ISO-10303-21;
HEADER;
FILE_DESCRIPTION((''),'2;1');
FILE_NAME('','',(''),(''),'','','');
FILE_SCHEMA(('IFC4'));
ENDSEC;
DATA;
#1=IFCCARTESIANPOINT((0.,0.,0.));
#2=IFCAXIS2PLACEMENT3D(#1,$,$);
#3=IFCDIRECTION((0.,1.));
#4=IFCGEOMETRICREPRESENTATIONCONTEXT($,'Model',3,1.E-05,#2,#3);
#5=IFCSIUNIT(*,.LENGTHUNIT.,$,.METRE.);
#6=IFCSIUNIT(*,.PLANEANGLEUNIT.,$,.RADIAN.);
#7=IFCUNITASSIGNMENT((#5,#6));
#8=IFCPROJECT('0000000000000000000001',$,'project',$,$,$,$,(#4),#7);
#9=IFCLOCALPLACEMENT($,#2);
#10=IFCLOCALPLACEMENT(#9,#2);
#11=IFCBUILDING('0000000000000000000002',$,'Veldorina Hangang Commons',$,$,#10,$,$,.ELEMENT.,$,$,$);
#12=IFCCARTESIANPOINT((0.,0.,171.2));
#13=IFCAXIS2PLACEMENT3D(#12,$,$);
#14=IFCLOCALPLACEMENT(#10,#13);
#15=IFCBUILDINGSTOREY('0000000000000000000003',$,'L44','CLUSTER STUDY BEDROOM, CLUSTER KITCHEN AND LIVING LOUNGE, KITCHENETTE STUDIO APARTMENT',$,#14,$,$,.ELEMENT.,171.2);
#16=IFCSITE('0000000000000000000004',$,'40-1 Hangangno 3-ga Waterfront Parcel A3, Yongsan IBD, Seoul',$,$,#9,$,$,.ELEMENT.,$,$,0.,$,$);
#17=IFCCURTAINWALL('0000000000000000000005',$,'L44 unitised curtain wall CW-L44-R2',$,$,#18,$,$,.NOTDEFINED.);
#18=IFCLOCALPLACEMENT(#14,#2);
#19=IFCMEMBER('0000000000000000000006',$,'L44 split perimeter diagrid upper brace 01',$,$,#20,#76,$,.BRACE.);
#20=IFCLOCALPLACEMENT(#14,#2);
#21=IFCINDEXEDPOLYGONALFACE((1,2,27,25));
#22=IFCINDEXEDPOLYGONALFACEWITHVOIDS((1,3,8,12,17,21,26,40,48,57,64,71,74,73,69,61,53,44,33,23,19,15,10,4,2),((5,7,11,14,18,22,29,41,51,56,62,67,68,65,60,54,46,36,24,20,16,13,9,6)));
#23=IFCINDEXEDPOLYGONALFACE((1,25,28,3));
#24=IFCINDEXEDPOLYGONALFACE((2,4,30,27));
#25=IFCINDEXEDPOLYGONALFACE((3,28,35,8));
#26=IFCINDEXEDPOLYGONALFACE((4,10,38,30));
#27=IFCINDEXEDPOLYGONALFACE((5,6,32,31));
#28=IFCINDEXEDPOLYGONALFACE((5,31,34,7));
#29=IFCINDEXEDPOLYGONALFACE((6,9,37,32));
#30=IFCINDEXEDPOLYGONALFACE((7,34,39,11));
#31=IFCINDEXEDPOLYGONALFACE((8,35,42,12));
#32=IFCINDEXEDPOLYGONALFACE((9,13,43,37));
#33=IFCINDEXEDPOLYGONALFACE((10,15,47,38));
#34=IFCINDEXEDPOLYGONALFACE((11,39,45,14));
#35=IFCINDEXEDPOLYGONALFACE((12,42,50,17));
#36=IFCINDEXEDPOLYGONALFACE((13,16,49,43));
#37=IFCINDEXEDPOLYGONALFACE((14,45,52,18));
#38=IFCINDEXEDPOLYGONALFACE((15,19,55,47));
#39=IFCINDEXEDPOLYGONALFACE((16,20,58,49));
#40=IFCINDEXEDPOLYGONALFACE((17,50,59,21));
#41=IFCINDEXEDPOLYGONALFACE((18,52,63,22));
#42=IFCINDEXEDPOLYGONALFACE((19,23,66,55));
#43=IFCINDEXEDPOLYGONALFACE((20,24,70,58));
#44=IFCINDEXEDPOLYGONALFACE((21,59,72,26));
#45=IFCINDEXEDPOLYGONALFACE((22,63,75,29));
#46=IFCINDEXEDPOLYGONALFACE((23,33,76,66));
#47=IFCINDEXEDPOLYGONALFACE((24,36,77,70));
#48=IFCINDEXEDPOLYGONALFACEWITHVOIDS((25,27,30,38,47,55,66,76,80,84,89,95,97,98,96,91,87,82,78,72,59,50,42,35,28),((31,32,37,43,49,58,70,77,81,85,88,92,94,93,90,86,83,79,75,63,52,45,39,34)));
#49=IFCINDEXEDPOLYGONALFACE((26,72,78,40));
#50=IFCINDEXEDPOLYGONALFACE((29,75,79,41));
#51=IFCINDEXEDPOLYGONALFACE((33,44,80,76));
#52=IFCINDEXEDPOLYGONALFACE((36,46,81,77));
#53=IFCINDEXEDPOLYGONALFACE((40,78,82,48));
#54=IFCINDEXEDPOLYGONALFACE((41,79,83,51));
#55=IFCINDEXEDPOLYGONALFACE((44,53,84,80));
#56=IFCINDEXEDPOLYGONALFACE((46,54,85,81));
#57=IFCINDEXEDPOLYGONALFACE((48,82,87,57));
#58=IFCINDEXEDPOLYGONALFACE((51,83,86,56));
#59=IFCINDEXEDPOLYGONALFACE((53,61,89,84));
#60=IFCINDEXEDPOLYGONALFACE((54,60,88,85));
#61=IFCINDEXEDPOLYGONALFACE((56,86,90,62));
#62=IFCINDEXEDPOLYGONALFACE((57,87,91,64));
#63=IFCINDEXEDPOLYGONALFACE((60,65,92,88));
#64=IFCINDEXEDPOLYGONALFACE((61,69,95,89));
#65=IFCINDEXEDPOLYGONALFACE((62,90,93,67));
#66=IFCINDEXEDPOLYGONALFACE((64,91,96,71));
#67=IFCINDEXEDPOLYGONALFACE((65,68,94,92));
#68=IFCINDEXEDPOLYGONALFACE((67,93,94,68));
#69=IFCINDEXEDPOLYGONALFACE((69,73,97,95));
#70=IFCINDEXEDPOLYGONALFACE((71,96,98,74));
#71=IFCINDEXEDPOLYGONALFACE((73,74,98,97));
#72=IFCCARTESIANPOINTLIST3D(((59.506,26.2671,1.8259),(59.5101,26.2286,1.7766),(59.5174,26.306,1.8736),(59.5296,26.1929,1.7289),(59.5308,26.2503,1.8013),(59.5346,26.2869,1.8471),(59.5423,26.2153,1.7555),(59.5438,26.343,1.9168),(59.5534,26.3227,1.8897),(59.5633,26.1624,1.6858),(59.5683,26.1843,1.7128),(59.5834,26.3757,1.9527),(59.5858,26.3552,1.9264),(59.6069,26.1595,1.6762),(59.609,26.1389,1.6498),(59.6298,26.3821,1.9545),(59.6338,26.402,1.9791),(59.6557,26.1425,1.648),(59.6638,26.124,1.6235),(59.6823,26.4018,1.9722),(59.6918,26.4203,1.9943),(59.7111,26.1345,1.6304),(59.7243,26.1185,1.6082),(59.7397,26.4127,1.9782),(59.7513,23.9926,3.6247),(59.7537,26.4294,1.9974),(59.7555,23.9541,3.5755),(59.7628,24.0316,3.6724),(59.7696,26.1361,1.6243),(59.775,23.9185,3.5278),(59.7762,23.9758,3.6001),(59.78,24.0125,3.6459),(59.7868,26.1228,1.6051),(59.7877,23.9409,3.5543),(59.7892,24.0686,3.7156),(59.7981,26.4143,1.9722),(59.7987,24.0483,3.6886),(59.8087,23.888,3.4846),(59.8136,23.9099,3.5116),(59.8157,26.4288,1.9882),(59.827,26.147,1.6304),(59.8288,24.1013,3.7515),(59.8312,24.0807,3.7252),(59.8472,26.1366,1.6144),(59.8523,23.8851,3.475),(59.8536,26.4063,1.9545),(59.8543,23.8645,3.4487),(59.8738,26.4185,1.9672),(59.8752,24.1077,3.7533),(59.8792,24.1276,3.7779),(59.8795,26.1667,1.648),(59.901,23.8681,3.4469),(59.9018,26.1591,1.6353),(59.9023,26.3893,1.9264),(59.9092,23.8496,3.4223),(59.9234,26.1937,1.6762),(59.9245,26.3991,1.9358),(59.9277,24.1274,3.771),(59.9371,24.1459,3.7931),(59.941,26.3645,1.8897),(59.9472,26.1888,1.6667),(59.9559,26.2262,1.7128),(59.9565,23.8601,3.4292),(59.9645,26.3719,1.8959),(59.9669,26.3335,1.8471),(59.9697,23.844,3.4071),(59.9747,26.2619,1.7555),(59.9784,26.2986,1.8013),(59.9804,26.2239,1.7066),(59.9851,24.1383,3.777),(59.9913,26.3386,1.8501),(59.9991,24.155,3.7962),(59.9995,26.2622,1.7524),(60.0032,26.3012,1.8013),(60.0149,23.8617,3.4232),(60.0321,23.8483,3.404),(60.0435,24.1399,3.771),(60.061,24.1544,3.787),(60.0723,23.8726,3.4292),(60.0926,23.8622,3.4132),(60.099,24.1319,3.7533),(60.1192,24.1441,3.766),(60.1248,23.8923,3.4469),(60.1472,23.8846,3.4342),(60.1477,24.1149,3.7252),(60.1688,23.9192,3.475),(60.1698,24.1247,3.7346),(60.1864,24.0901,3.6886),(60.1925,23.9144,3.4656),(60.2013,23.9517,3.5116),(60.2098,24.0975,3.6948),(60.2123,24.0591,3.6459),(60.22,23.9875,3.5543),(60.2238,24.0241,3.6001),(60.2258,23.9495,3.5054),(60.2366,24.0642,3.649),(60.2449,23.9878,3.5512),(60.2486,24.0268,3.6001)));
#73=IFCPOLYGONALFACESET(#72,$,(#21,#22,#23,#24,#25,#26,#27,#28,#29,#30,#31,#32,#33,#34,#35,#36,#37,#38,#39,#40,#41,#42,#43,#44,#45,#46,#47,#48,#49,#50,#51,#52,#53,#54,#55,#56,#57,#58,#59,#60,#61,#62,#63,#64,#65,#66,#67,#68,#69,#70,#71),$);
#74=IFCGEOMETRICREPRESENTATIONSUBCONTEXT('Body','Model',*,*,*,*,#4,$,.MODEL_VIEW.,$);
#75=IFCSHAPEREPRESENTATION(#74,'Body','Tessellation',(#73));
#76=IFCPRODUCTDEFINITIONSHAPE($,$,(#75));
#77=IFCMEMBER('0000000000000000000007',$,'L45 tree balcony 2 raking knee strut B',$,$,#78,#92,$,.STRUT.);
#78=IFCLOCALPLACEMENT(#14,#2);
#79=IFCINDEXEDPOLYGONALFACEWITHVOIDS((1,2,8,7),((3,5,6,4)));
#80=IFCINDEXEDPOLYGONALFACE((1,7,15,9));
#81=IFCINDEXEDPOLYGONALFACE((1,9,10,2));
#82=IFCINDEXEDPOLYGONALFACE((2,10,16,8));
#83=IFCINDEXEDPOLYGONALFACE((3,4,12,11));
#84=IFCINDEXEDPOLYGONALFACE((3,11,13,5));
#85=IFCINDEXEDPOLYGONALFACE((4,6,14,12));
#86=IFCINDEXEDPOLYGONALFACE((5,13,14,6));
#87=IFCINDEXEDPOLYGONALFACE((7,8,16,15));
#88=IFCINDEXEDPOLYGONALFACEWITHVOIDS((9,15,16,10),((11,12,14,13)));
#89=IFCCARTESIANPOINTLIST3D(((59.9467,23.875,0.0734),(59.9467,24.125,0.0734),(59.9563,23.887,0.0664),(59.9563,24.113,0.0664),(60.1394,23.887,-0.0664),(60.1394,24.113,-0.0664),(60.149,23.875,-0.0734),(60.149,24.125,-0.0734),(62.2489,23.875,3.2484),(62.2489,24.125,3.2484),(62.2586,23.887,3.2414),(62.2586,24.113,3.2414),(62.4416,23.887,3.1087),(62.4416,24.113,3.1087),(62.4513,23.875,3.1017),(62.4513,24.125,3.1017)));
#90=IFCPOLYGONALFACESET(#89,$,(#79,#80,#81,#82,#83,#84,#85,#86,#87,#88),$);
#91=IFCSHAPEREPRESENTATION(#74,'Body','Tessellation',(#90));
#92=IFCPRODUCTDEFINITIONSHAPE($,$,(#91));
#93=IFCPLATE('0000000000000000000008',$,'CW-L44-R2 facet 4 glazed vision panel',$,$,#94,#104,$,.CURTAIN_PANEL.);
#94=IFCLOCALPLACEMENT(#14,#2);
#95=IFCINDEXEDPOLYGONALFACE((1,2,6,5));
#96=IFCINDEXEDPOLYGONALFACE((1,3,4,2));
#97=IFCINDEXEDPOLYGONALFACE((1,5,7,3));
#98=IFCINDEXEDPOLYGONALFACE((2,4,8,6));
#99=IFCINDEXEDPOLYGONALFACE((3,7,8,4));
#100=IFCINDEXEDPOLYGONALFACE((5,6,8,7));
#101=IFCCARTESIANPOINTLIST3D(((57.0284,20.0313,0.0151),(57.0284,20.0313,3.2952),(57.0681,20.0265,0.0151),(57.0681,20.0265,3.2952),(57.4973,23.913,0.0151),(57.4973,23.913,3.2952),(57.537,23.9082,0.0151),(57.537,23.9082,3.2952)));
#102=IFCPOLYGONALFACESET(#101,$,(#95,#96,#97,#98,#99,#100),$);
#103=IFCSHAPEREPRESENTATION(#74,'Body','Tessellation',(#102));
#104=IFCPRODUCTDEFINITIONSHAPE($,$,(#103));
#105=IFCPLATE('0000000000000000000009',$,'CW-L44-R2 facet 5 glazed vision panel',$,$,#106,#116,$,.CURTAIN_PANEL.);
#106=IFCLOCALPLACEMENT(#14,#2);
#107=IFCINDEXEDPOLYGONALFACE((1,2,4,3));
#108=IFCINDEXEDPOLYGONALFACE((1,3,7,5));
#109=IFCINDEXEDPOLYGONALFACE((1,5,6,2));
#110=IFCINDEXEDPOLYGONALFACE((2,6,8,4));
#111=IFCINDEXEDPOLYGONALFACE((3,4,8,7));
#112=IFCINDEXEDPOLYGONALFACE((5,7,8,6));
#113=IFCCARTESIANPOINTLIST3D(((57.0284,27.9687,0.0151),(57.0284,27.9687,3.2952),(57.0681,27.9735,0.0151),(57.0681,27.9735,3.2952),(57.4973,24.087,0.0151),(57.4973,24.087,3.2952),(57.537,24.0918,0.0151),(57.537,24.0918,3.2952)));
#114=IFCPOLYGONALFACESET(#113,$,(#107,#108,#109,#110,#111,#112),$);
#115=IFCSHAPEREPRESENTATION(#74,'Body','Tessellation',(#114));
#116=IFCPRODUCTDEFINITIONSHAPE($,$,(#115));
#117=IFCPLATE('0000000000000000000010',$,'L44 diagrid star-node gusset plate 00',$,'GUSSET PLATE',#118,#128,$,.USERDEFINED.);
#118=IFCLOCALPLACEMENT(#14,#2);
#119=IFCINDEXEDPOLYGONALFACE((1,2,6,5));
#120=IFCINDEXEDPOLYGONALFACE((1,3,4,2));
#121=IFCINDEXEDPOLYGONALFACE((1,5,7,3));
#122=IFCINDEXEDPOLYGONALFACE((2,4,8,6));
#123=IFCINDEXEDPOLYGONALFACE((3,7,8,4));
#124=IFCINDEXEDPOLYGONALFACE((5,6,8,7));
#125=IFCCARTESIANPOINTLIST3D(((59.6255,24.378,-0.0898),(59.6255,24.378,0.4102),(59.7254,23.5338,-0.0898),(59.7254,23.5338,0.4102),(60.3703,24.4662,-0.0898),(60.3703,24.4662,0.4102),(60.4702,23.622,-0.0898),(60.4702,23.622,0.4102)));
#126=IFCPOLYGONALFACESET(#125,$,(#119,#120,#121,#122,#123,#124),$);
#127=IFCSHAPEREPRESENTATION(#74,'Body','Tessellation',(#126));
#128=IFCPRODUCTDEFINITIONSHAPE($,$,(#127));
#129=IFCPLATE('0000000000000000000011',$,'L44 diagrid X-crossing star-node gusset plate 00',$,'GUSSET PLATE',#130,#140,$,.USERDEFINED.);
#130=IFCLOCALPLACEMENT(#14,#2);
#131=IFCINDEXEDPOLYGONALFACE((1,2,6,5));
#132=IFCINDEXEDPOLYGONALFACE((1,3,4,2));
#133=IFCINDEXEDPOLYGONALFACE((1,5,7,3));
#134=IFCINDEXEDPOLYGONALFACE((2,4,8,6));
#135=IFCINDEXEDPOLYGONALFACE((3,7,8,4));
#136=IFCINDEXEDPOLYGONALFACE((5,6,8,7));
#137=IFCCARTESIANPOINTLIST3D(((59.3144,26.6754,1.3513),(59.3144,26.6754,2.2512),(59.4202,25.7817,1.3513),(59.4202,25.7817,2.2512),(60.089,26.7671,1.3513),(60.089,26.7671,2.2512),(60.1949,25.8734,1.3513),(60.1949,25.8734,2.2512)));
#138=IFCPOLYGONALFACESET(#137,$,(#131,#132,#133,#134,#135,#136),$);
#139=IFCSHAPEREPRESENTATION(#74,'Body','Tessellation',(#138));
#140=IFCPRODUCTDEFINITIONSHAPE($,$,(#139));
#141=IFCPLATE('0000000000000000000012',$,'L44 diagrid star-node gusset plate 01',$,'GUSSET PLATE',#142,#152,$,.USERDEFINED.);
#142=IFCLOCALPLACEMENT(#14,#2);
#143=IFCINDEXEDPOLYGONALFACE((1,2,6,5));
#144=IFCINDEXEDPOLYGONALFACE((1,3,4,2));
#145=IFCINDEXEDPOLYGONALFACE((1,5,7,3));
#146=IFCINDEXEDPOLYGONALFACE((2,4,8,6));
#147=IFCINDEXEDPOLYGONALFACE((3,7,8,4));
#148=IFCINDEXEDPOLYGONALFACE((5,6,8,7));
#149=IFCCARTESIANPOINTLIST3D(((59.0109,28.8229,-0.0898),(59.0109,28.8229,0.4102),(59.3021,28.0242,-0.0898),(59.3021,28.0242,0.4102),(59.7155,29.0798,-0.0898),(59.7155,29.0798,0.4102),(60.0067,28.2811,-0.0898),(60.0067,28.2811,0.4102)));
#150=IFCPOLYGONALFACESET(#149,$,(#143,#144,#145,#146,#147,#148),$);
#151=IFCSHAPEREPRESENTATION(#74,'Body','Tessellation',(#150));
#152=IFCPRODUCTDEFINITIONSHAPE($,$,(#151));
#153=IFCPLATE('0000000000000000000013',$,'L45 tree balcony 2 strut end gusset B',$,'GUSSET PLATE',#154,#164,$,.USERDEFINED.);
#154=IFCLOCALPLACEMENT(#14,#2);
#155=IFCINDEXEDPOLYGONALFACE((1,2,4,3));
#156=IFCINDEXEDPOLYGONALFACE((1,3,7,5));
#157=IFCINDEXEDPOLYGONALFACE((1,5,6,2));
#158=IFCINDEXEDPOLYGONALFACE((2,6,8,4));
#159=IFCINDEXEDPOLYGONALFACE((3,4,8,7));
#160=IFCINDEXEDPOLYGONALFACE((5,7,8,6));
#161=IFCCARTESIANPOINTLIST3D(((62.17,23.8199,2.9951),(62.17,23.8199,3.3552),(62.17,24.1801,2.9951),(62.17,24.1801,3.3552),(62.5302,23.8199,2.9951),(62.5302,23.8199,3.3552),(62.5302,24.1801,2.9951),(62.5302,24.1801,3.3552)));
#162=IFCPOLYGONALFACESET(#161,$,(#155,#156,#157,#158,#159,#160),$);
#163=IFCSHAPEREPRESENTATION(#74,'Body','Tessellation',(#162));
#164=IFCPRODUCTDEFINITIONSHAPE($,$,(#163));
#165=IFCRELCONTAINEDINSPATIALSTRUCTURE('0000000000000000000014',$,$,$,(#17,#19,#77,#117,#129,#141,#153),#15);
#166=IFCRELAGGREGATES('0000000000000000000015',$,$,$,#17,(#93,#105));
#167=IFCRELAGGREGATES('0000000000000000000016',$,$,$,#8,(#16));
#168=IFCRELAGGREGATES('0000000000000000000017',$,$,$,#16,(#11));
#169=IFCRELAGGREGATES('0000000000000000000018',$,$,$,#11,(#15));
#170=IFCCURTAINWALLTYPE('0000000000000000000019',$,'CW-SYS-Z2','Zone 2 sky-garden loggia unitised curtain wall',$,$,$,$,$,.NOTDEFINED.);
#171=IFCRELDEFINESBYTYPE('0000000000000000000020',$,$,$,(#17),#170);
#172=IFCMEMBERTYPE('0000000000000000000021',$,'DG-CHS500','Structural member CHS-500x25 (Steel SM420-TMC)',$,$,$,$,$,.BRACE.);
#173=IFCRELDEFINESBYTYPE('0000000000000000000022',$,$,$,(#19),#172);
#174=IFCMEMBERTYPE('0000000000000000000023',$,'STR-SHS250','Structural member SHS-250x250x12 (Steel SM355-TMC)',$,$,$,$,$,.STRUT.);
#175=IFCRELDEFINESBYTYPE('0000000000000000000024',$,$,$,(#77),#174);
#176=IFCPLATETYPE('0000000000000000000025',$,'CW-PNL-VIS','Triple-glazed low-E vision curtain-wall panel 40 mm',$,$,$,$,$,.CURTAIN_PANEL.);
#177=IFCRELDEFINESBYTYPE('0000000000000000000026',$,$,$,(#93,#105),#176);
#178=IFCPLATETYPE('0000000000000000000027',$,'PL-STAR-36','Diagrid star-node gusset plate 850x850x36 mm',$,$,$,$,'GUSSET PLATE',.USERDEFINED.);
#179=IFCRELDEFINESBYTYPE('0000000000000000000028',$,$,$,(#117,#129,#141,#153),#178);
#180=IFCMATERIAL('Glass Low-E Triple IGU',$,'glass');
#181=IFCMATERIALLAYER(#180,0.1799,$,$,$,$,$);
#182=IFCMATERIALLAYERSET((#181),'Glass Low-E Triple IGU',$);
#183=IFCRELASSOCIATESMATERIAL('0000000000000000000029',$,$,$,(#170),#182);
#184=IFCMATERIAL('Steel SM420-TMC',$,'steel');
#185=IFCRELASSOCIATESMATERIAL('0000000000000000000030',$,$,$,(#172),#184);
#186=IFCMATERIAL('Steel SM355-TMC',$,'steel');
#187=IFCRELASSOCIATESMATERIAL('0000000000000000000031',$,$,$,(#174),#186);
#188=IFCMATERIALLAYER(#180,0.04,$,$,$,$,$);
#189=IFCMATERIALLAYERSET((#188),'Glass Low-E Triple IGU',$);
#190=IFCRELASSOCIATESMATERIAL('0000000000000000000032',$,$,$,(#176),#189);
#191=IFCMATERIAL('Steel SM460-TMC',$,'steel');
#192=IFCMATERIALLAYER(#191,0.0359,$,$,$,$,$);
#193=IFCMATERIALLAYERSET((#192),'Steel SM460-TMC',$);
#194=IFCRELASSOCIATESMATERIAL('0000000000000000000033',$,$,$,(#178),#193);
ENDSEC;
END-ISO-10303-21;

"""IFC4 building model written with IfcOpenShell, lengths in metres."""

from ifc_helpers import new_model, si_unit, direction, frame, origin, origin_2d, place, context, subcontext, project, spatial, rectangle, hollow_rectangle, hollow_circle, extrude, material, layer, layer_set, material_profile, profile_set, type_object, element, aggregate, save


model = new_model("IFC4")

# Units and contexts
model_context = context("Model", 3, precision=1e-05, world=origin(), true_north=direction((0.0, 1.0)))
body_context = subcontext(model_context, "Body", "Model", "MODEL_VIEW")
ifc_project = project(units=[si_unit("LENGTHUNIT", "METRE"), si_unit("PLANEANGLEUNIT", "RADIAN")], contexts=[model_context])

# Site, building, storey
site_placement = place(None, origin())
site = spatial("IfcSite", under=ifc_project, at=site_placement, Name="40-1 Hangangno 3-ga Waterfront Parcel A3, Yongsan IBD, Seoul", CompositionType="ELEMENT", RefElevation=0.0)
building_placement = place(site_placement, origin())
building = spatial("IfcBuilding", under=site, at=building_placement, Name="Veldorina Hangang Commons", CompositionType="ELEMENT")
storey_placement = place(building_placement, frame((0.0, 0.0, 171.2)))
storey = spatial("IfcBuildingStorey", under=building, at=storey_placement, Name="L44", Description="CLUSTER STUDY BEDROOM, CLUSTER KITCHEN AND LIVING LOUNGE, KITCHENETTE STUDIO APARTMENT", CompositionType="ELEMENT", Elevation=171.2)

# Shared definitions
ifc_material_1 = material(Name="Steel SM355-TMC", Category="steel")
ifc_material_2 = material(Name="Steel SM420-TMC", Category="steel")

# Curtain wall
ifc_material_3 = material(Name="Glass Low-E Triple IGU", Category="glass")
ifc_layer_1 = layer(ifc_material_3, 0.1799)
ifc_layer_set_1 = layer_set([ifc_layer_1], Name="Glass Low-E Triple IGU")
curtain_wall_type = type_object("IfcCurtainWallType", Name="CW-SYS-Z2", Description="Zone 2 sky-garden loggia unitised curtain wall", PredefinedType="NOTDEFINED", material=ifc_layer_set_1)
curtain_wall_placement = place(storey_placement, origin())
curtain_wall = element("IfcCurtainWall", 1, at=curtain_wall_placement, inside=storey, type_object=curtain_wall_type, Name="L44 unitised curtain wall CW-L44-R2", PredefinedType="NOTDEFINED")

# Members
ifc_material_profile_1 = material_profile(ifc_material_2, hollow_circle(Radius=0.25, WallThickness=0.0249, at=origin_2d()), Name="CHS-500x25")
ifc_profile_set_1 = profile_set([ifc_material_profile_1], Name="Steel SM420-TMC")
member_type_1 = type_object("IfcMemberType", Name="DG-CHS500", Description="Structural member CHS-500x25 (Steel SM420-TMC)", PredefinedType="BRACE", material=ifc_profile_set_1)
member_1_placement = place(storey_placement, frame((59.7546, 26.2744, 1.8013), z_axis=(0.084312, -0.781547, 0.618123), x_axis=(0.994231, 0.107257, 0.0)))
element("IfcMember", 2, at=member_1_placement, inside=storey, type_object=member_type_1, Name="L44 split perimeter diagrid upper brace 01", PredefinedType="BRACE", context=body_context, shape_type="SweptSolid", body=[
    extrude(hollow_circle(Radius=0.25, WallThickness=0.0249, at=origin_2d()), origin(), (0.0, 0.0, 1.0), 2.9102),
])
ifc_material_profile_2 = material_profile(ifc_material_1, hollow_rectangle(XDim=0.25, YDim=0.25, WallThickness=0.012, at=origin_2d()), Name="SHS-250x250x12")
ifc_profile_set_2 = profile_set([ifc_material_profile_2], Name="Steel SM355-TMC")
member_type_2 = type_object("IfcMemberType", Name="STR-SHS250", Description="Structural member SHS-250x250x12 (Steel SM355-TMC)", PredefinedType="STRUT", material=ifc_profile_set_2)
member_2_placement = place(storey_placement, frame((60.0479, 24.0, 0.0), z_axis=(0.587024, 0.0, 0.80957), x_axis=(0.0, 1.0, 0.0)))
element("IfcMember", 3, at=member_2_placement, inside=storey, type_object=member_type_2, Name="L45 tree balcony 2 raking knee strut B", PredefinedType="STRUT", context=body_context, shape_type="SweptSolid", body=[
    extrude(hollow_rectangle(XDim=0.25, YDim=0.25, WallThickness=0.012, at=origin_2d()), origin(), (0.0, 0.0, 1.0), 3.9219),
])

# Plates
ifc_layer_2 = layer(ifc_material_3, 0.04)
ifc_layer_set_2 = layer_set([ifc_layer_2], Name="Glass Low-E Triple IGU")
plate_type_1 = type_object("IfcPlateType", Name="CW-PNL-VIS", Description="Triple-glazed low-E vision curtain-wall panel 40 mm", PredefinedType="CURTAIN_PANEL", material=ifc_layer_set_2)
plate_1_placement = place(storey_placement, frame((57.2827, 21.9697, 0.0151), z_axis=(0.0, 0.0, 1.0), x_axis=(0.119929, 0.992782, 0.0)))
plate_1 = element("IfcPlate", 4, at=plate_1_placement, type_object=plate_type_1, Name="CW-L44-R2 facet 4 glazed vision panel", PredefinedType="CURTAIN_PANEL", context=body_context, shape_type="SweptSolid", body=[
    extrude(rectangle(XDim=3.9099, YDim=0.04, at=origin_2d()), origin(), (0.0, 0.0, 1.0), 3.28),
])
plate_2_placement = place(storey_placement, frame((57.2827, 26.0303, 0.0151), z_axis=(0.0, 0.0, 1.0), x_axis=(-0.119929, 0.992782, 0.0)))
plate_2 = element("IfcPlate", 5, at=plate_2_placement, type_object=plate_type_1, Name="CW-L44-R2 facet 5 glazed vision panel", PredefinedType="CURTAIN_PANEL", context=body_context, shape_type="SweptSolid", body=[
    extrude(rectangle(XDim=3.9099, YDim=0.04, at=origin_2d()), origin(), (0.0, 0.0, 1.0), 3.28),
])
aggregate(curtain_wall, [plate_1, plate_2])

# Plates
ifc_material_4 = material(Name="Steel SM460-TMC", Category="steel")
ifc_layer_3 = layer(ifc_material_4, 0.0359)
ifc_layer_set_3 = layer_set([ifc_layer_3], Name="Steel SM460-TMC")
plate_type_2 = type_object("IfcPlateType", Name="PL-STAR-36", Description="Diagrid star-node gusset plate 850x850x36 mm", ElementType="GUSSET PLATE", PredefinedType="USERDEFINED", material=ifc_layer_set_3)
plate_3_placement = place(storey_placement, frame((60.0479, 24.0, -0.0898), z_axis=(0.0, 0.0, 1.0), x_axis=(-0.117572, 0.993064, 0.0)))
element("IfcPlate", 6, at=plate_3_placement, inside=storey, type_object=plate_type_2, Name="L44 diagrid star-node gusset plate 00", ObjectType="GUSSET PLATE", PredefinedType="USERDEFINED", context=body_context, shape_type="SweptSolid", body=[
    extrude(rectangle(XDim=0.8501, YDim=0.75, at=origin_2d()), origin(), (0.0, 0.0, 1.0), 0.5),
])
plate_4_placement = place(storey_placement, frame((59.7546, 26.2744, 1.3513), z_axis=(0.0, 0.0, 1.0), x_axis=(-0.117572, 0.993064, 0.0)))
element("IfcPlate", 7, at=plate_4_placement, inside=storey, type_object=plate_type_2, Name="L44 diagrid X-crossing star-node gusset plate 00", ObjectType="GUSSET PLATE", PredefinedType="USERDEFINED", context=body_context, shape_type="SweptSolid", body=[
    extrude(rectangle(XDim=0.8999, YDim=0.78, at=origin_2d()), origin(), (0.0, 0.0, 1.0), 0.8999),
])
plate_5_placement = place(storey_placement, frame((59.5088, 28.552, -0.0898), z_axis=(0.0, 0.0, 1.0), x_axis=(-0.342578, 0.939489, 0.0)))
element("IfcPlate", 8, at=plate_5_placement, inside=storey, type_object=plate_type_2, Name="L44 diagrid star-node gusset plate 01", ObjectType="GUSSET PLATE", PredefinedType="USERDEFINED", context=body_context, shape_type="SweptSolid", body=[
    extrude(rectangle(XDim=0.8501, YDim=0.75, at=origin_2d()), origin(), (0.0, 0.0, 1.0), 0.5),
])
plate_6_placement = place(storey_placement, frame((62.3501, 24.0, 2.9951), z_axis=(0.0, 0.0, 1.0), x_axis=(1.0, 0.0, 0.0)))
element("IfcPlate", 9, at=plate_6_placement, inside=storey, type_object=plate_type_2, Name="L45 tree balcony 2 strut end gusset B", ObjectType="GUSSET PLATE", PredefinedType="USERDEFINED", context=body_context, shape_type="SweptSolid", body=[
    extrude(rectangle(XDim=0.3601, YDim=0.3601, at=origin_2d()), origin(), (0.0, 0.0, 1.0), 0.3601),
])

save(model, "model.ifc")
